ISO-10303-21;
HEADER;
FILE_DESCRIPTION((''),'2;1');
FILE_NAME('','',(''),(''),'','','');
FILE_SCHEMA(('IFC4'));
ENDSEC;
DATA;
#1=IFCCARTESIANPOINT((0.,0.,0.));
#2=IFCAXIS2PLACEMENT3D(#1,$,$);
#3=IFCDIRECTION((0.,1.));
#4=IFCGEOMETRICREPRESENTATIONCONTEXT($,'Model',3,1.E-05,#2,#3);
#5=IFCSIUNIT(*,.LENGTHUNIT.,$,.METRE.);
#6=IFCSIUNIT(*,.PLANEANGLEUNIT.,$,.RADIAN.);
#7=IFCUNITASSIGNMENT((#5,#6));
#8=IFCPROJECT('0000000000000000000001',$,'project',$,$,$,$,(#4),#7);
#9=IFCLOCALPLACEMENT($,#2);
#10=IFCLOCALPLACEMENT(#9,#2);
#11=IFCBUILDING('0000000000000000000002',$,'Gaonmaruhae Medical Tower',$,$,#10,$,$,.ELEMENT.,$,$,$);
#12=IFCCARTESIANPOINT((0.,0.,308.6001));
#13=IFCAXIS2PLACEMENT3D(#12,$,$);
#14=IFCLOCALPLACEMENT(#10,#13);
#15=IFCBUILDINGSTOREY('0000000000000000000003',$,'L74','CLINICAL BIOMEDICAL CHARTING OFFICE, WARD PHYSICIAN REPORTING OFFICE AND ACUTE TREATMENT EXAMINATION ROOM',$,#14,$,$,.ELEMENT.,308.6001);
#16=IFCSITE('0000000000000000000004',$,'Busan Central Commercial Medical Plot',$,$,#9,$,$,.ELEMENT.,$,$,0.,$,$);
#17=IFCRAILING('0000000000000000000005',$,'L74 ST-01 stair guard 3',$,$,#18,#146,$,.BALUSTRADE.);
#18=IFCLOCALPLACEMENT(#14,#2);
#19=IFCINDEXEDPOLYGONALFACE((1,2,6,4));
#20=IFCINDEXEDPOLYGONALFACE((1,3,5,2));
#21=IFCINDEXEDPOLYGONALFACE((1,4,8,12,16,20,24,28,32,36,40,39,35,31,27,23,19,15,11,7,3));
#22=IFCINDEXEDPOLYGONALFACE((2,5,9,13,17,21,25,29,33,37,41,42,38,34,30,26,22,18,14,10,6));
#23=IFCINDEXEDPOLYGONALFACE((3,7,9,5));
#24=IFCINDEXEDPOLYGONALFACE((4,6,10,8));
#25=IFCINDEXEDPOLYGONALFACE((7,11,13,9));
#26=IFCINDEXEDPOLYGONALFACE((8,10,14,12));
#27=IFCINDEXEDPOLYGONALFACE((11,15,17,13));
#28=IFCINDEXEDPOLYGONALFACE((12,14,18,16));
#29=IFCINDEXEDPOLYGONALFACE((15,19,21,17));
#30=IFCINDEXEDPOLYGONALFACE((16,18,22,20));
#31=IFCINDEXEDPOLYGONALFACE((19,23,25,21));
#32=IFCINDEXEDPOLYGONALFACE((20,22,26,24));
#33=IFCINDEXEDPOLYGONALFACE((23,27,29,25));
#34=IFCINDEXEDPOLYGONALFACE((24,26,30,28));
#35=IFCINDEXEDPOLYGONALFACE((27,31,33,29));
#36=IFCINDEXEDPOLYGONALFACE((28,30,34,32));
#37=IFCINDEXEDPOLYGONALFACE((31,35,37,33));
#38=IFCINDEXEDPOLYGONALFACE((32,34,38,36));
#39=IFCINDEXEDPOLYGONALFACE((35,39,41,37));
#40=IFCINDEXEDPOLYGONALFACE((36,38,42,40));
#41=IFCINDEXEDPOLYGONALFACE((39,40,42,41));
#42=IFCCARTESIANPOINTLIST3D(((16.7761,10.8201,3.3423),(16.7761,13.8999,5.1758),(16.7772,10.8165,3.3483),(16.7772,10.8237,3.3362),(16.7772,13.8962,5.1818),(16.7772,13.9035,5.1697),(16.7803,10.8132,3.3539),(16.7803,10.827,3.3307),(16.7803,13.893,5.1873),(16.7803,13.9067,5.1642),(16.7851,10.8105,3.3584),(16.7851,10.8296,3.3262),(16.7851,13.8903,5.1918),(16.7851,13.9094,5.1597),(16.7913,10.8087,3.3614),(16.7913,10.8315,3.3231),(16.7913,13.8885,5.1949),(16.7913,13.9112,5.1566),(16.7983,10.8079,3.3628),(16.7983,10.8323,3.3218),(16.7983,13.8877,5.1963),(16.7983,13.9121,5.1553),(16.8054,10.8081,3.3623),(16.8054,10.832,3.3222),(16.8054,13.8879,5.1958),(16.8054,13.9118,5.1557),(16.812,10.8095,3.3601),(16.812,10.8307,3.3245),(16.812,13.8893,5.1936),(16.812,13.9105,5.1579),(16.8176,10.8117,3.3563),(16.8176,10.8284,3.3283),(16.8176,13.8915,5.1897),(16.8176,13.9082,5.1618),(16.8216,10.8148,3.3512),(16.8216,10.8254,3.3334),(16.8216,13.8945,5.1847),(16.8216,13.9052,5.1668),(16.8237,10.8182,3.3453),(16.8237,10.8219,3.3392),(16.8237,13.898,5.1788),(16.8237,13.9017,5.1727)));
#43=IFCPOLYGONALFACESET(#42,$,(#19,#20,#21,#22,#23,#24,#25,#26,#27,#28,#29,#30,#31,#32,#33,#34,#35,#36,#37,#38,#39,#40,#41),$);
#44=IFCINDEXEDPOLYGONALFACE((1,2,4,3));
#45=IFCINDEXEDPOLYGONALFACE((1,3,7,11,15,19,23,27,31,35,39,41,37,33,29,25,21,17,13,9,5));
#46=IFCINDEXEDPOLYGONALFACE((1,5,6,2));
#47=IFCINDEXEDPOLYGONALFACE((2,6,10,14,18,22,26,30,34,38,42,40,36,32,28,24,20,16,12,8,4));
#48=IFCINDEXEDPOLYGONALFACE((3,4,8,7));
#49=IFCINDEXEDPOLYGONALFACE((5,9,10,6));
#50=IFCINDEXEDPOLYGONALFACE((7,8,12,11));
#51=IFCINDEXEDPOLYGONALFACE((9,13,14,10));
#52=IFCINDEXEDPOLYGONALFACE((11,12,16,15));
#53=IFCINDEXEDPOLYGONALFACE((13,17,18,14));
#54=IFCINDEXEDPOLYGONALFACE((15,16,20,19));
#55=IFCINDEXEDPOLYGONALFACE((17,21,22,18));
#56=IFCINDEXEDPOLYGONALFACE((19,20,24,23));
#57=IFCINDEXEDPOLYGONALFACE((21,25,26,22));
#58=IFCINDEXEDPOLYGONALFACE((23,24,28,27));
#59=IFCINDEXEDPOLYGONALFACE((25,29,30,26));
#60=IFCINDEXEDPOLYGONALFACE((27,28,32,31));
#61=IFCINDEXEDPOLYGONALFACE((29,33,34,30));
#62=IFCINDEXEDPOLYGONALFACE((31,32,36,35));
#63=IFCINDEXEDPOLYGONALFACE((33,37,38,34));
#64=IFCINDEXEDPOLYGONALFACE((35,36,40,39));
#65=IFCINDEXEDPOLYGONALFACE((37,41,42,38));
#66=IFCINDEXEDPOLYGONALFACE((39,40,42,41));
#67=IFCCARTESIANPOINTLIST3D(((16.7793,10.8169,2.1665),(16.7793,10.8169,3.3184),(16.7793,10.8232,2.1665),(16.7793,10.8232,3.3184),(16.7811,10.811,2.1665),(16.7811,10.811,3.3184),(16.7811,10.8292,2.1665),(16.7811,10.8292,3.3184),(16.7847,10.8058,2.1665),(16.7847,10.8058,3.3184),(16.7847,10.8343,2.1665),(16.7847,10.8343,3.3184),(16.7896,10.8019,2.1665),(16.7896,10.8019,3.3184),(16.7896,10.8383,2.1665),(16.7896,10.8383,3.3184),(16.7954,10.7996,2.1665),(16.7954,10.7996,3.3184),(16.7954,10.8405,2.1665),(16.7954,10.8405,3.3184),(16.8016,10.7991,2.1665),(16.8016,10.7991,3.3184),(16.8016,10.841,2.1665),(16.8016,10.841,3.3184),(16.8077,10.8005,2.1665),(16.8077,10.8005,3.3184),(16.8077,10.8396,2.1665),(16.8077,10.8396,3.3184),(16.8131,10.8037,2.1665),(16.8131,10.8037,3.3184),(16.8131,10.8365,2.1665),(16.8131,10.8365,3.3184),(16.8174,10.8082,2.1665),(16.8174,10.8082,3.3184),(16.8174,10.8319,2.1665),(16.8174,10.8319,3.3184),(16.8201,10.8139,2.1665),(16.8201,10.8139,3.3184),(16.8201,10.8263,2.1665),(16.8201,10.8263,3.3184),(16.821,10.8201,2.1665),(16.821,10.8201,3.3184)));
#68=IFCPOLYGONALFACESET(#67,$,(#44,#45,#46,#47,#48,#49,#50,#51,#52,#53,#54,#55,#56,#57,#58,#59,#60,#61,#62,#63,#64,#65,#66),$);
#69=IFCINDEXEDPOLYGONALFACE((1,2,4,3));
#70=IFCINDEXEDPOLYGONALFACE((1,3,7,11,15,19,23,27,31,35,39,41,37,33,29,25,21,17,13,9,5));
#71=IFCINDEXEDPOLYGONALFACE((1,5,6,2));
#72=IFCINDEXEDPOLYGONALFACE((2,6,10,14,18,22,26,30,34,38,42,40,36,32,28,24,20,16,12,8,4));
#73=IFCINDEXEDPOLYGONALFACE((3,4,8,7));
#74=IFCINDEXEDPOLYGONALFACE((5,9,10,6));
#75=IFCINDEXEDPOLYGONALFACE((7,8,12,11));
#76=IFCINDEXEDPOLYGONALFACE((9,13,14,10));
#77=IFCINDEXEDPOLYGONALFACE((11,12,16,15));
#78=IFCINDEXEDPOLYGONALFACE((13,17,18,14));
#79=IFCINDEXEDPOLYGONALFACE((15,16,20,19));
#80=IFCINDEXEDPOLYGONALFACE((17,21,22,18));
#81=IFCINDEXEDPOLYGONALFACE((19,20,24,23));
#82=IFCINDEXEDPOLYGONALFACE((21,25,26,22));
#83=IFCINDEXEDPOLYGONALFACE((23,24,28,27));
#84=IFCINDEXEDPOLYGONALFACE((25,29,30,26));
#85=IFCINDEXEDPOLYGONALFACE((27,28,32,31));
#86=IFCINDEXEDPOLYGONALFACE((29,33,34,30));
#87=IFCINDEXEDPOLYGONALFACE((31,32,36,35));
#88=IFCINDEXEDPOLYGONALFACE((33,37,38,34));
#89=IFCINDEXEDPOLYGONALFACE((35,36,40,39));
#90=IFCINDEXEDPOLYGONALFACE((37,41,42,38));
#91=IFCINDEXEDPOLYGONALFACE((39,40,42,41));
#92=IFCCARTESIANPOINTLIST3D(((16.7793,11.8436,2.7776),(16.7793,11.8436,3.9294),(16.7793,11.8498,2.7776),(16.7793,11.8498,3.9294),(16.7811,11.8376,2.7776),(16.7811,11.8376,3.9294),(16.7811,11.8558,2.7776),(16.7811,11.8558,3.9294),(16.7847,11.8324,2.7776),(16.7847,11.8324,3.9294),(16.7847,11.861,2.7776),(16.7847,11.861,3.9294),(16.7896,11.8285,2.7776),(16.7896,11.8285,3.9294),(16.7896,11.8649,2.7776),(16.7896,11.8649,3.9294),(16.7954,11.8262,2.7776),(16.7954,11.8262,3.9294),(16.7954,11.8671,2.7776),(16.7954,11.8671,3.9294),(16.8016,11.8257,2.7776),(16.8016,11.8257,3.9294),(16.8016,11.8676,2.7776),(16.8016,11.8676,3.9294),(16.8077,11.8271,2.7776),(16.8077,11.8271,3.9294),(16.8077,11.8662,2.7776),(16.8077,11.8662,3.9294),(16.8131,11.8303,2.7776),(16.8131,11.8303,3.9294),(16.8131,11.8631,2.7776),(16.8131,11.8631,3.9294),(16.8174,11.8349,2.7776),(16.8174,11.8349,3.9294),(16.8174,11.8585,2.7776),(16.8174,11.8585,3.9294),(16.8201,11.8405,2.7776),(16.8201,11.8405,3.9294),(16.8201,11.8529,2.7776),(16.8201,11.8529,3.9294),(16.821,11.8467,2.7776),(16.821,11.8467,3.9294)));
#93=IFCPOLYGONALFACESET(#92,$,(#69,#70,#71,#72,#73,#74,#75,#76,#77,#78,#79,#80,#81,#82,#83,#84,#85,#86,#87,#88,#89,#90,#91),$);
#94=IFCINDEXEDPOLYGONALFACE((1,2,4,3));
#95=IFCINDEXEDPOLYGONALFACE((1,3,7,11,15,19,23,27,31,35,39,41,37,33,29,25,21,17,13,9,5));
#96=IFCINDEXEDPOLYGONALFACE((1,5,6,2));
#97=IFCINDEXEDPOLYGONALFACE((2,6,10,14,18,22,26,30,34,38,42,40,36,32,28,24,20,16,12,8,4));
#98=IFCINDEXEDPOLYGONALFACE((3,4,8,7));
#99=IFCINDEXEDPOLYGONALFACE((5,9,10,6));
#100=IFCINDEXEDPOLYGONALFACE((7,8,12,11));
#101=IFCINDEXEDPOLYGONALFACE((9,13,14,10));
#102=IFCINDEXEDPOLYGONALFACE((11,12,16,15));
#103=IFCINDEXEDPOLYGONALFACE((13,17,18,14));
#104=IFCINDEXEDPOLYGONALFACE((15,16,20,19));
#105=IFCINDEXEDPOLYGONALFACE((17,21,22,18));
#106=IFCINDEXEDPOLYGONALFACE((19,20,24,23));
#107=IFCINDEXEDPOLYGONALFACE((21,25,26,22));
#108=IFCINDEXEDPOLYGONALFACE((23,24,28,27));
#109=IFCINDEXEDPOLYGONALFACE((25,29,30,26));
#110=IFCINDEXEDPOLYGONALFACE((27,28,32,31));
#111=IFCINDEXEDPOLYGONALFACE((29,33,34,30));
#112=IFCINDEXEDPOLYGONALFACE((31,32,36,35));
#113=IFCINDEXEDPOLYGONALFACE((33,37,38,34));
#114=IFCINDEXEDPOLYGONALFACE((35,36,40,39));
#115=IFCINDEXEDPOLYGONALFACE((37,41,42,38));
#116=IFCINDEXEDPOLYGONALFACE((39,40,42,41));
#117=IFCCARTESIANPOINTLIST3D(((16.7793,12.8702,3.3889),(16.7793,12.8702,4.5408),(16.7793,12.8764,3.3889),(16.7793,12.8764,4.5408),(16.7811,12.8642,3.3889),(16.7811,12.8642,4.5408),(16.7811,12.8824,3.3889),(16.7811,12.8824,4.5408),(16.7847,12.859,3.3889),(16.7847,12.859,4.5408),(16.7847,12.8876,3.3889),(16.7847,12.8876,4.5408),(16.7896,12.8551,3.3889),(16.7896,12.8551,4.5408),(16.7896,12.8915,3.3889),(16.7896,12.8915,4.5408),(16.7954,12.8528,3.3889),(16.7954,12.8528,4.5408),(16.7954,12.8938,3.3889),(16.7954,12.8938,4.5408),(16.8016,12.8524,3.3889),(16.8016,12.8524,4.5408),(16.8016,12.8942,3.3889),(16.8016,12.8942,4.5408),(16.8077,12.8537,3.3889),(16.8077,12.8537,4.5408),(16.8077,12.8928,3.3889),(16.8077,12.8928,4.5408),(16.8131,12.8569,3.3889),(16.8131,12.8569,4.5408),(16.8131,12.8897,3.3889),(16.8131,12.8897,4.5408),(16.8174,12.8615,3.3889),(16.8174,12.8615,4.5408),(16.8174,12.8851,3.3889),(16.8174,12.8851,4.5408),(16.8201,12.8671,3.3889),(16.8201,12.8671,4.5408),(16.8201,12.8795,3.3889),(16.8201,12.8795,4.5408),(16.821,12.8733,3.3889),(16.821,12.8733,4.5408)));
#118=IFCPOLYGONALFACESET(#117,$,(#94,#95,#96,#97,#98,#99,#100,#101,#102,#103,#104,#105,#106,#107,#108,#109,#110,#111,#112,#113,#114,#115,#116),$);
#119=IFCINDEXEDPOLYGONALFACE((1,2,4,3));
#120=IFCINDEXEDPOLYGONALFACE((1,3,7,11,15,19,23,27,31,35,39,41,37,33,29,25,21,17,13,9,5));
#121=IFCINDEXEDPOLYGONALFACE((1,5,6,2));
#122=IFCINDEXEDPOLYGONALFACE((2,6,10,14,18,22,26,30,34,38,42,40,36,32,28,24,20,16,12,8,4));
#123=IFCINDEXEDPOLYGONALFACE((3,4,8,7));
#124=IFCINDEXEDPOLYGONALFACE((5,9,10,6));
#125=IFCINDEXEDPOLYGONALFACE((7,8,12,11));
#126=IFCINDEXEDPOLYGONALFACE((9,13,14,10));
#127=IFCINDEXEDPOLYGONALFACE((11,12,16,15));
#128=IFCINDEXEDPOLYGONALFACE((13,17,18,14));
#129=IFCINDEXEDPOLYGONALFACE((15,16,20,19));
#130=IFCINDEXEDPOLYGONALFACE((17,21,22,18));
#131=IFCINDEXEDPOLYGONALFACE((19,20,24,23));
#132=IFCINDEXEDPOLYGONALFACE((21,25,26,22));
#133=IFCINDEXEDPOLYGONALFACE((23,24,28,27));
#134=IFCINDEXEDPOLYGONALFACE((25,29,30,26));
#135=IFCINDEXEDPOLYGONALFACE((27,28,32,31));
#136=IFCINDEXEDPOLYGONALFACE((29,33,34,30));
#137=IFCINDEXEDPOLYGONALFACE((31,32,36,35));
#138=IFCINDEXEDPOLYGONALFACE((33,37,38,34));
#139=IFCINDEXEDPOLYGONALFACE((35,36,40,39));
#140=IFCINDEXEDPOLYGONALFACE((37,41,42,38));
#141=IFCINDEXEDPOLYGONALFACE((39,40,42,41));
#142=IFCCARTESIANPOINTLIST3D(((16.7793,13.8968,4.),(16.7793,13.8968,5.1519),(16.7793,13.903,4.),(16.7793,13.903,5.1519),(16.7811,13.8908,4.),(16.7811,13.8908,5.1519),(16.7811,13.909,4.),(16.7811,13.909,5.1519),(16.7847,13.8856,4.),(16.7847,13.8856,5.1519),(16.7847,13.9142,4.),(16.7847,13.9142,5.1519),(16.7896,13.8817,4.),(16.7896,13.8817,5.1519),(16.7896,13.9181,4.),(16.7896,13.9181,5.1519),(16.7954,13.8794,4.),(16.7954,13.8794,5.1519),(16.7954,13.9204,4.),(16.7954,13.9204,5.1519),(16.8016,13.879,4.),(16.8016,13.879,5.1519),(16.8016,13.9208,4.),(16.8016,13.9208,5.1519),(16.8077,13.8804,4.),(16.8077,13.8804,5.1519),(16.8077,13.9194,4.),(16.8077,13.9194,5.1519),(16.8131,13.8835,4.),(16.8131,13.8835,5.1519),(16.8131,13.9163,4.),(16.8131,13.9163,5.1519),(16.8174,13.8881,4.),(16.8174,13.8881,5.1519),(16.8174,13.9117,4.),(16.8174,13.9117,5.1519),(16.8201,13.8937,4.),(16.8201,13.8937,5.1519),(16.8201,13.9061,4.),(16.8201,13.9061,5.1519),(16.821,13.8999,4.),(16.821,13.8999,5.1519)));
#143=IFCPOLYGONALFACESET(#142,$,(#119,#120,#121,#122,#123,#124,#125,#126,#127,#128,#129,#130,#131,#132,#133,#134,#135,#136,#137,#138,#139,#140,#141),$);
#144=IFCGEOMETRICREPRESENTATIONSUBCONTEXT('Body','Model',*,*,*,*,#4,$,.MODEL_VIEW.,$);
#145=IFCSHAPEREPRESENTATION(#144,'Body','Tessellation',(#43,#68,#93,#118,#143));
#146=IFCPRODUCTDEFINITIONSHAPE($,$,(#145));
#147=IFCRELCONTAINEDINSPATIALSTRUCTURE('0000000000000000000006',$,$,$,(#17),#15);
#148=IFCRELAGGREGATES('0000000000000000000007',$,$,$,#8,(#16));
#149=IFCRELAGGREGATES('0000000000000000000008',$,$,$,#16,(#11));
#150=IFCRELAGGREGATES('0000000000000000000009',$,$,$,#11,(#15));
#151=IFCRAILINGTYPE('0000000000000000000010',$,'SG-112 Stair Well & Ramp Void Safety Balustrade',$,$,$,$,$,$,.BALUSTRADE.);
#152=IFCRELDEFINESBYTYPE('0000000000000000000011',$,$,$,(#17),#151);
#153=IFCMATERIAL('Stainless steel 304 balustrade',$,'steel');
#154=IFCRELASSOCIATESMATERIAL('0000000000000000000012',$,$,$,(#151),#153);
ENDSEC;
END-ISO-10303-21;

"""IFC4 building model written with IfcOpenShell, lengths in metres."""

from ifc_helpers import new_model, si_unit, direction, frame, origin, origin_2d, place, context, subcontext, project, spatial, circle, extrude, material, type_object, element, save


model = new_model("IFC4")

# Units and contexts
model_context = context("Model", 3, precision=1e-05, world=origin(), true_north=direction((0.0, 1.0)))
body_context = subcontext(model_context, "Body", "Model", "MODEL_VIEW")
ifc_project = project(units=[si_unit("LENGTHUNIT", "METRE"), si_unit("PLANEANGLEUNIT", "RADIAN")], contexts=[model_context])

# Site, building, storey
site_placement = place(None, origin())
site = spatial("IfcSite", under=ifc_project, at=site_placement, Name="Busan Central Commercial Medical Plot", CompositionType="ELEMENT", RefElevation=0.0)
building_placement = place(site_placement, origin())
building = spatial("IfcBuilding", under=site, at=building_placement, Name="Gaonmaruhae Medical Tower", CompositionType="ELEMENT")
storey_placement = place(building_placement, frame((0.0, 0.0, 308.6001)))
storey = spatial("IfcBuildingStorey", under=building, at=storey_placement, Name="L74", Description="CLINICAL BIOMEDICAL CHARTING OFFICE, WARD PHYSICIAN REPORTING OFFICE AND ACUTE TREATMENT EXAMINATION ROOM", CompositionType="ELEMENT", Elevation=308.6001)

# Railing
ifc_material_1 = material(Name="Stainless steel 304 balustrade", Category="steel")
railing_type_1 = type_object("IfcRailingType", Name="SG-112 Stair Well & Ramp Void Safety Balustrade", PredefinedType="BALUSTRADE", material=ifc_material_1)
railing_1_placement = place(storey_placement, frame((16.8, 10.8201, 2.1665)))
element("IfcRailing", 1, at=railing_1_placement, inside=storey, type_object=railing_type_1, Name="L74 ST-01 stair guard 3", PredefinedType="BALUSTRADE", context=body_context, shape_type="SweptSolid", body=[
    extrude(circle(Radius=0.0239, at=origin_2d()), frame((0.0, 0.0, 1.1758), z_axis=(0.0, 0.859261, 0.511538), x_axis=(-1.0, 0.0, 0.0)), (0.0, 0.0, 1.0), 3.5842),
    extrude(circle(Radius=0.021, at=origin_2d()), origin(), (0.0, 0.0, 1.0), 1.1519),
    extrude(circle(Radius=0.021, at=origin_2d()), frame((0.0, 1.0266, 0.6111)), (0.0, 0.0, 1.0), 1.1519),
    extrude(circle(Radius=0.021, at=origin_2d()), frame((0.0, 2.0532, 1.2224)), (0.0, 0.0, 1.0), 1.1519),
    extrude(circle(Radius=0.021, at=origin_2d()), frame((0.0, 3.0798, 1.8335)), (0.0, 0.0, 1.0), 1.1519),
])

save(model, "model.ifc")
